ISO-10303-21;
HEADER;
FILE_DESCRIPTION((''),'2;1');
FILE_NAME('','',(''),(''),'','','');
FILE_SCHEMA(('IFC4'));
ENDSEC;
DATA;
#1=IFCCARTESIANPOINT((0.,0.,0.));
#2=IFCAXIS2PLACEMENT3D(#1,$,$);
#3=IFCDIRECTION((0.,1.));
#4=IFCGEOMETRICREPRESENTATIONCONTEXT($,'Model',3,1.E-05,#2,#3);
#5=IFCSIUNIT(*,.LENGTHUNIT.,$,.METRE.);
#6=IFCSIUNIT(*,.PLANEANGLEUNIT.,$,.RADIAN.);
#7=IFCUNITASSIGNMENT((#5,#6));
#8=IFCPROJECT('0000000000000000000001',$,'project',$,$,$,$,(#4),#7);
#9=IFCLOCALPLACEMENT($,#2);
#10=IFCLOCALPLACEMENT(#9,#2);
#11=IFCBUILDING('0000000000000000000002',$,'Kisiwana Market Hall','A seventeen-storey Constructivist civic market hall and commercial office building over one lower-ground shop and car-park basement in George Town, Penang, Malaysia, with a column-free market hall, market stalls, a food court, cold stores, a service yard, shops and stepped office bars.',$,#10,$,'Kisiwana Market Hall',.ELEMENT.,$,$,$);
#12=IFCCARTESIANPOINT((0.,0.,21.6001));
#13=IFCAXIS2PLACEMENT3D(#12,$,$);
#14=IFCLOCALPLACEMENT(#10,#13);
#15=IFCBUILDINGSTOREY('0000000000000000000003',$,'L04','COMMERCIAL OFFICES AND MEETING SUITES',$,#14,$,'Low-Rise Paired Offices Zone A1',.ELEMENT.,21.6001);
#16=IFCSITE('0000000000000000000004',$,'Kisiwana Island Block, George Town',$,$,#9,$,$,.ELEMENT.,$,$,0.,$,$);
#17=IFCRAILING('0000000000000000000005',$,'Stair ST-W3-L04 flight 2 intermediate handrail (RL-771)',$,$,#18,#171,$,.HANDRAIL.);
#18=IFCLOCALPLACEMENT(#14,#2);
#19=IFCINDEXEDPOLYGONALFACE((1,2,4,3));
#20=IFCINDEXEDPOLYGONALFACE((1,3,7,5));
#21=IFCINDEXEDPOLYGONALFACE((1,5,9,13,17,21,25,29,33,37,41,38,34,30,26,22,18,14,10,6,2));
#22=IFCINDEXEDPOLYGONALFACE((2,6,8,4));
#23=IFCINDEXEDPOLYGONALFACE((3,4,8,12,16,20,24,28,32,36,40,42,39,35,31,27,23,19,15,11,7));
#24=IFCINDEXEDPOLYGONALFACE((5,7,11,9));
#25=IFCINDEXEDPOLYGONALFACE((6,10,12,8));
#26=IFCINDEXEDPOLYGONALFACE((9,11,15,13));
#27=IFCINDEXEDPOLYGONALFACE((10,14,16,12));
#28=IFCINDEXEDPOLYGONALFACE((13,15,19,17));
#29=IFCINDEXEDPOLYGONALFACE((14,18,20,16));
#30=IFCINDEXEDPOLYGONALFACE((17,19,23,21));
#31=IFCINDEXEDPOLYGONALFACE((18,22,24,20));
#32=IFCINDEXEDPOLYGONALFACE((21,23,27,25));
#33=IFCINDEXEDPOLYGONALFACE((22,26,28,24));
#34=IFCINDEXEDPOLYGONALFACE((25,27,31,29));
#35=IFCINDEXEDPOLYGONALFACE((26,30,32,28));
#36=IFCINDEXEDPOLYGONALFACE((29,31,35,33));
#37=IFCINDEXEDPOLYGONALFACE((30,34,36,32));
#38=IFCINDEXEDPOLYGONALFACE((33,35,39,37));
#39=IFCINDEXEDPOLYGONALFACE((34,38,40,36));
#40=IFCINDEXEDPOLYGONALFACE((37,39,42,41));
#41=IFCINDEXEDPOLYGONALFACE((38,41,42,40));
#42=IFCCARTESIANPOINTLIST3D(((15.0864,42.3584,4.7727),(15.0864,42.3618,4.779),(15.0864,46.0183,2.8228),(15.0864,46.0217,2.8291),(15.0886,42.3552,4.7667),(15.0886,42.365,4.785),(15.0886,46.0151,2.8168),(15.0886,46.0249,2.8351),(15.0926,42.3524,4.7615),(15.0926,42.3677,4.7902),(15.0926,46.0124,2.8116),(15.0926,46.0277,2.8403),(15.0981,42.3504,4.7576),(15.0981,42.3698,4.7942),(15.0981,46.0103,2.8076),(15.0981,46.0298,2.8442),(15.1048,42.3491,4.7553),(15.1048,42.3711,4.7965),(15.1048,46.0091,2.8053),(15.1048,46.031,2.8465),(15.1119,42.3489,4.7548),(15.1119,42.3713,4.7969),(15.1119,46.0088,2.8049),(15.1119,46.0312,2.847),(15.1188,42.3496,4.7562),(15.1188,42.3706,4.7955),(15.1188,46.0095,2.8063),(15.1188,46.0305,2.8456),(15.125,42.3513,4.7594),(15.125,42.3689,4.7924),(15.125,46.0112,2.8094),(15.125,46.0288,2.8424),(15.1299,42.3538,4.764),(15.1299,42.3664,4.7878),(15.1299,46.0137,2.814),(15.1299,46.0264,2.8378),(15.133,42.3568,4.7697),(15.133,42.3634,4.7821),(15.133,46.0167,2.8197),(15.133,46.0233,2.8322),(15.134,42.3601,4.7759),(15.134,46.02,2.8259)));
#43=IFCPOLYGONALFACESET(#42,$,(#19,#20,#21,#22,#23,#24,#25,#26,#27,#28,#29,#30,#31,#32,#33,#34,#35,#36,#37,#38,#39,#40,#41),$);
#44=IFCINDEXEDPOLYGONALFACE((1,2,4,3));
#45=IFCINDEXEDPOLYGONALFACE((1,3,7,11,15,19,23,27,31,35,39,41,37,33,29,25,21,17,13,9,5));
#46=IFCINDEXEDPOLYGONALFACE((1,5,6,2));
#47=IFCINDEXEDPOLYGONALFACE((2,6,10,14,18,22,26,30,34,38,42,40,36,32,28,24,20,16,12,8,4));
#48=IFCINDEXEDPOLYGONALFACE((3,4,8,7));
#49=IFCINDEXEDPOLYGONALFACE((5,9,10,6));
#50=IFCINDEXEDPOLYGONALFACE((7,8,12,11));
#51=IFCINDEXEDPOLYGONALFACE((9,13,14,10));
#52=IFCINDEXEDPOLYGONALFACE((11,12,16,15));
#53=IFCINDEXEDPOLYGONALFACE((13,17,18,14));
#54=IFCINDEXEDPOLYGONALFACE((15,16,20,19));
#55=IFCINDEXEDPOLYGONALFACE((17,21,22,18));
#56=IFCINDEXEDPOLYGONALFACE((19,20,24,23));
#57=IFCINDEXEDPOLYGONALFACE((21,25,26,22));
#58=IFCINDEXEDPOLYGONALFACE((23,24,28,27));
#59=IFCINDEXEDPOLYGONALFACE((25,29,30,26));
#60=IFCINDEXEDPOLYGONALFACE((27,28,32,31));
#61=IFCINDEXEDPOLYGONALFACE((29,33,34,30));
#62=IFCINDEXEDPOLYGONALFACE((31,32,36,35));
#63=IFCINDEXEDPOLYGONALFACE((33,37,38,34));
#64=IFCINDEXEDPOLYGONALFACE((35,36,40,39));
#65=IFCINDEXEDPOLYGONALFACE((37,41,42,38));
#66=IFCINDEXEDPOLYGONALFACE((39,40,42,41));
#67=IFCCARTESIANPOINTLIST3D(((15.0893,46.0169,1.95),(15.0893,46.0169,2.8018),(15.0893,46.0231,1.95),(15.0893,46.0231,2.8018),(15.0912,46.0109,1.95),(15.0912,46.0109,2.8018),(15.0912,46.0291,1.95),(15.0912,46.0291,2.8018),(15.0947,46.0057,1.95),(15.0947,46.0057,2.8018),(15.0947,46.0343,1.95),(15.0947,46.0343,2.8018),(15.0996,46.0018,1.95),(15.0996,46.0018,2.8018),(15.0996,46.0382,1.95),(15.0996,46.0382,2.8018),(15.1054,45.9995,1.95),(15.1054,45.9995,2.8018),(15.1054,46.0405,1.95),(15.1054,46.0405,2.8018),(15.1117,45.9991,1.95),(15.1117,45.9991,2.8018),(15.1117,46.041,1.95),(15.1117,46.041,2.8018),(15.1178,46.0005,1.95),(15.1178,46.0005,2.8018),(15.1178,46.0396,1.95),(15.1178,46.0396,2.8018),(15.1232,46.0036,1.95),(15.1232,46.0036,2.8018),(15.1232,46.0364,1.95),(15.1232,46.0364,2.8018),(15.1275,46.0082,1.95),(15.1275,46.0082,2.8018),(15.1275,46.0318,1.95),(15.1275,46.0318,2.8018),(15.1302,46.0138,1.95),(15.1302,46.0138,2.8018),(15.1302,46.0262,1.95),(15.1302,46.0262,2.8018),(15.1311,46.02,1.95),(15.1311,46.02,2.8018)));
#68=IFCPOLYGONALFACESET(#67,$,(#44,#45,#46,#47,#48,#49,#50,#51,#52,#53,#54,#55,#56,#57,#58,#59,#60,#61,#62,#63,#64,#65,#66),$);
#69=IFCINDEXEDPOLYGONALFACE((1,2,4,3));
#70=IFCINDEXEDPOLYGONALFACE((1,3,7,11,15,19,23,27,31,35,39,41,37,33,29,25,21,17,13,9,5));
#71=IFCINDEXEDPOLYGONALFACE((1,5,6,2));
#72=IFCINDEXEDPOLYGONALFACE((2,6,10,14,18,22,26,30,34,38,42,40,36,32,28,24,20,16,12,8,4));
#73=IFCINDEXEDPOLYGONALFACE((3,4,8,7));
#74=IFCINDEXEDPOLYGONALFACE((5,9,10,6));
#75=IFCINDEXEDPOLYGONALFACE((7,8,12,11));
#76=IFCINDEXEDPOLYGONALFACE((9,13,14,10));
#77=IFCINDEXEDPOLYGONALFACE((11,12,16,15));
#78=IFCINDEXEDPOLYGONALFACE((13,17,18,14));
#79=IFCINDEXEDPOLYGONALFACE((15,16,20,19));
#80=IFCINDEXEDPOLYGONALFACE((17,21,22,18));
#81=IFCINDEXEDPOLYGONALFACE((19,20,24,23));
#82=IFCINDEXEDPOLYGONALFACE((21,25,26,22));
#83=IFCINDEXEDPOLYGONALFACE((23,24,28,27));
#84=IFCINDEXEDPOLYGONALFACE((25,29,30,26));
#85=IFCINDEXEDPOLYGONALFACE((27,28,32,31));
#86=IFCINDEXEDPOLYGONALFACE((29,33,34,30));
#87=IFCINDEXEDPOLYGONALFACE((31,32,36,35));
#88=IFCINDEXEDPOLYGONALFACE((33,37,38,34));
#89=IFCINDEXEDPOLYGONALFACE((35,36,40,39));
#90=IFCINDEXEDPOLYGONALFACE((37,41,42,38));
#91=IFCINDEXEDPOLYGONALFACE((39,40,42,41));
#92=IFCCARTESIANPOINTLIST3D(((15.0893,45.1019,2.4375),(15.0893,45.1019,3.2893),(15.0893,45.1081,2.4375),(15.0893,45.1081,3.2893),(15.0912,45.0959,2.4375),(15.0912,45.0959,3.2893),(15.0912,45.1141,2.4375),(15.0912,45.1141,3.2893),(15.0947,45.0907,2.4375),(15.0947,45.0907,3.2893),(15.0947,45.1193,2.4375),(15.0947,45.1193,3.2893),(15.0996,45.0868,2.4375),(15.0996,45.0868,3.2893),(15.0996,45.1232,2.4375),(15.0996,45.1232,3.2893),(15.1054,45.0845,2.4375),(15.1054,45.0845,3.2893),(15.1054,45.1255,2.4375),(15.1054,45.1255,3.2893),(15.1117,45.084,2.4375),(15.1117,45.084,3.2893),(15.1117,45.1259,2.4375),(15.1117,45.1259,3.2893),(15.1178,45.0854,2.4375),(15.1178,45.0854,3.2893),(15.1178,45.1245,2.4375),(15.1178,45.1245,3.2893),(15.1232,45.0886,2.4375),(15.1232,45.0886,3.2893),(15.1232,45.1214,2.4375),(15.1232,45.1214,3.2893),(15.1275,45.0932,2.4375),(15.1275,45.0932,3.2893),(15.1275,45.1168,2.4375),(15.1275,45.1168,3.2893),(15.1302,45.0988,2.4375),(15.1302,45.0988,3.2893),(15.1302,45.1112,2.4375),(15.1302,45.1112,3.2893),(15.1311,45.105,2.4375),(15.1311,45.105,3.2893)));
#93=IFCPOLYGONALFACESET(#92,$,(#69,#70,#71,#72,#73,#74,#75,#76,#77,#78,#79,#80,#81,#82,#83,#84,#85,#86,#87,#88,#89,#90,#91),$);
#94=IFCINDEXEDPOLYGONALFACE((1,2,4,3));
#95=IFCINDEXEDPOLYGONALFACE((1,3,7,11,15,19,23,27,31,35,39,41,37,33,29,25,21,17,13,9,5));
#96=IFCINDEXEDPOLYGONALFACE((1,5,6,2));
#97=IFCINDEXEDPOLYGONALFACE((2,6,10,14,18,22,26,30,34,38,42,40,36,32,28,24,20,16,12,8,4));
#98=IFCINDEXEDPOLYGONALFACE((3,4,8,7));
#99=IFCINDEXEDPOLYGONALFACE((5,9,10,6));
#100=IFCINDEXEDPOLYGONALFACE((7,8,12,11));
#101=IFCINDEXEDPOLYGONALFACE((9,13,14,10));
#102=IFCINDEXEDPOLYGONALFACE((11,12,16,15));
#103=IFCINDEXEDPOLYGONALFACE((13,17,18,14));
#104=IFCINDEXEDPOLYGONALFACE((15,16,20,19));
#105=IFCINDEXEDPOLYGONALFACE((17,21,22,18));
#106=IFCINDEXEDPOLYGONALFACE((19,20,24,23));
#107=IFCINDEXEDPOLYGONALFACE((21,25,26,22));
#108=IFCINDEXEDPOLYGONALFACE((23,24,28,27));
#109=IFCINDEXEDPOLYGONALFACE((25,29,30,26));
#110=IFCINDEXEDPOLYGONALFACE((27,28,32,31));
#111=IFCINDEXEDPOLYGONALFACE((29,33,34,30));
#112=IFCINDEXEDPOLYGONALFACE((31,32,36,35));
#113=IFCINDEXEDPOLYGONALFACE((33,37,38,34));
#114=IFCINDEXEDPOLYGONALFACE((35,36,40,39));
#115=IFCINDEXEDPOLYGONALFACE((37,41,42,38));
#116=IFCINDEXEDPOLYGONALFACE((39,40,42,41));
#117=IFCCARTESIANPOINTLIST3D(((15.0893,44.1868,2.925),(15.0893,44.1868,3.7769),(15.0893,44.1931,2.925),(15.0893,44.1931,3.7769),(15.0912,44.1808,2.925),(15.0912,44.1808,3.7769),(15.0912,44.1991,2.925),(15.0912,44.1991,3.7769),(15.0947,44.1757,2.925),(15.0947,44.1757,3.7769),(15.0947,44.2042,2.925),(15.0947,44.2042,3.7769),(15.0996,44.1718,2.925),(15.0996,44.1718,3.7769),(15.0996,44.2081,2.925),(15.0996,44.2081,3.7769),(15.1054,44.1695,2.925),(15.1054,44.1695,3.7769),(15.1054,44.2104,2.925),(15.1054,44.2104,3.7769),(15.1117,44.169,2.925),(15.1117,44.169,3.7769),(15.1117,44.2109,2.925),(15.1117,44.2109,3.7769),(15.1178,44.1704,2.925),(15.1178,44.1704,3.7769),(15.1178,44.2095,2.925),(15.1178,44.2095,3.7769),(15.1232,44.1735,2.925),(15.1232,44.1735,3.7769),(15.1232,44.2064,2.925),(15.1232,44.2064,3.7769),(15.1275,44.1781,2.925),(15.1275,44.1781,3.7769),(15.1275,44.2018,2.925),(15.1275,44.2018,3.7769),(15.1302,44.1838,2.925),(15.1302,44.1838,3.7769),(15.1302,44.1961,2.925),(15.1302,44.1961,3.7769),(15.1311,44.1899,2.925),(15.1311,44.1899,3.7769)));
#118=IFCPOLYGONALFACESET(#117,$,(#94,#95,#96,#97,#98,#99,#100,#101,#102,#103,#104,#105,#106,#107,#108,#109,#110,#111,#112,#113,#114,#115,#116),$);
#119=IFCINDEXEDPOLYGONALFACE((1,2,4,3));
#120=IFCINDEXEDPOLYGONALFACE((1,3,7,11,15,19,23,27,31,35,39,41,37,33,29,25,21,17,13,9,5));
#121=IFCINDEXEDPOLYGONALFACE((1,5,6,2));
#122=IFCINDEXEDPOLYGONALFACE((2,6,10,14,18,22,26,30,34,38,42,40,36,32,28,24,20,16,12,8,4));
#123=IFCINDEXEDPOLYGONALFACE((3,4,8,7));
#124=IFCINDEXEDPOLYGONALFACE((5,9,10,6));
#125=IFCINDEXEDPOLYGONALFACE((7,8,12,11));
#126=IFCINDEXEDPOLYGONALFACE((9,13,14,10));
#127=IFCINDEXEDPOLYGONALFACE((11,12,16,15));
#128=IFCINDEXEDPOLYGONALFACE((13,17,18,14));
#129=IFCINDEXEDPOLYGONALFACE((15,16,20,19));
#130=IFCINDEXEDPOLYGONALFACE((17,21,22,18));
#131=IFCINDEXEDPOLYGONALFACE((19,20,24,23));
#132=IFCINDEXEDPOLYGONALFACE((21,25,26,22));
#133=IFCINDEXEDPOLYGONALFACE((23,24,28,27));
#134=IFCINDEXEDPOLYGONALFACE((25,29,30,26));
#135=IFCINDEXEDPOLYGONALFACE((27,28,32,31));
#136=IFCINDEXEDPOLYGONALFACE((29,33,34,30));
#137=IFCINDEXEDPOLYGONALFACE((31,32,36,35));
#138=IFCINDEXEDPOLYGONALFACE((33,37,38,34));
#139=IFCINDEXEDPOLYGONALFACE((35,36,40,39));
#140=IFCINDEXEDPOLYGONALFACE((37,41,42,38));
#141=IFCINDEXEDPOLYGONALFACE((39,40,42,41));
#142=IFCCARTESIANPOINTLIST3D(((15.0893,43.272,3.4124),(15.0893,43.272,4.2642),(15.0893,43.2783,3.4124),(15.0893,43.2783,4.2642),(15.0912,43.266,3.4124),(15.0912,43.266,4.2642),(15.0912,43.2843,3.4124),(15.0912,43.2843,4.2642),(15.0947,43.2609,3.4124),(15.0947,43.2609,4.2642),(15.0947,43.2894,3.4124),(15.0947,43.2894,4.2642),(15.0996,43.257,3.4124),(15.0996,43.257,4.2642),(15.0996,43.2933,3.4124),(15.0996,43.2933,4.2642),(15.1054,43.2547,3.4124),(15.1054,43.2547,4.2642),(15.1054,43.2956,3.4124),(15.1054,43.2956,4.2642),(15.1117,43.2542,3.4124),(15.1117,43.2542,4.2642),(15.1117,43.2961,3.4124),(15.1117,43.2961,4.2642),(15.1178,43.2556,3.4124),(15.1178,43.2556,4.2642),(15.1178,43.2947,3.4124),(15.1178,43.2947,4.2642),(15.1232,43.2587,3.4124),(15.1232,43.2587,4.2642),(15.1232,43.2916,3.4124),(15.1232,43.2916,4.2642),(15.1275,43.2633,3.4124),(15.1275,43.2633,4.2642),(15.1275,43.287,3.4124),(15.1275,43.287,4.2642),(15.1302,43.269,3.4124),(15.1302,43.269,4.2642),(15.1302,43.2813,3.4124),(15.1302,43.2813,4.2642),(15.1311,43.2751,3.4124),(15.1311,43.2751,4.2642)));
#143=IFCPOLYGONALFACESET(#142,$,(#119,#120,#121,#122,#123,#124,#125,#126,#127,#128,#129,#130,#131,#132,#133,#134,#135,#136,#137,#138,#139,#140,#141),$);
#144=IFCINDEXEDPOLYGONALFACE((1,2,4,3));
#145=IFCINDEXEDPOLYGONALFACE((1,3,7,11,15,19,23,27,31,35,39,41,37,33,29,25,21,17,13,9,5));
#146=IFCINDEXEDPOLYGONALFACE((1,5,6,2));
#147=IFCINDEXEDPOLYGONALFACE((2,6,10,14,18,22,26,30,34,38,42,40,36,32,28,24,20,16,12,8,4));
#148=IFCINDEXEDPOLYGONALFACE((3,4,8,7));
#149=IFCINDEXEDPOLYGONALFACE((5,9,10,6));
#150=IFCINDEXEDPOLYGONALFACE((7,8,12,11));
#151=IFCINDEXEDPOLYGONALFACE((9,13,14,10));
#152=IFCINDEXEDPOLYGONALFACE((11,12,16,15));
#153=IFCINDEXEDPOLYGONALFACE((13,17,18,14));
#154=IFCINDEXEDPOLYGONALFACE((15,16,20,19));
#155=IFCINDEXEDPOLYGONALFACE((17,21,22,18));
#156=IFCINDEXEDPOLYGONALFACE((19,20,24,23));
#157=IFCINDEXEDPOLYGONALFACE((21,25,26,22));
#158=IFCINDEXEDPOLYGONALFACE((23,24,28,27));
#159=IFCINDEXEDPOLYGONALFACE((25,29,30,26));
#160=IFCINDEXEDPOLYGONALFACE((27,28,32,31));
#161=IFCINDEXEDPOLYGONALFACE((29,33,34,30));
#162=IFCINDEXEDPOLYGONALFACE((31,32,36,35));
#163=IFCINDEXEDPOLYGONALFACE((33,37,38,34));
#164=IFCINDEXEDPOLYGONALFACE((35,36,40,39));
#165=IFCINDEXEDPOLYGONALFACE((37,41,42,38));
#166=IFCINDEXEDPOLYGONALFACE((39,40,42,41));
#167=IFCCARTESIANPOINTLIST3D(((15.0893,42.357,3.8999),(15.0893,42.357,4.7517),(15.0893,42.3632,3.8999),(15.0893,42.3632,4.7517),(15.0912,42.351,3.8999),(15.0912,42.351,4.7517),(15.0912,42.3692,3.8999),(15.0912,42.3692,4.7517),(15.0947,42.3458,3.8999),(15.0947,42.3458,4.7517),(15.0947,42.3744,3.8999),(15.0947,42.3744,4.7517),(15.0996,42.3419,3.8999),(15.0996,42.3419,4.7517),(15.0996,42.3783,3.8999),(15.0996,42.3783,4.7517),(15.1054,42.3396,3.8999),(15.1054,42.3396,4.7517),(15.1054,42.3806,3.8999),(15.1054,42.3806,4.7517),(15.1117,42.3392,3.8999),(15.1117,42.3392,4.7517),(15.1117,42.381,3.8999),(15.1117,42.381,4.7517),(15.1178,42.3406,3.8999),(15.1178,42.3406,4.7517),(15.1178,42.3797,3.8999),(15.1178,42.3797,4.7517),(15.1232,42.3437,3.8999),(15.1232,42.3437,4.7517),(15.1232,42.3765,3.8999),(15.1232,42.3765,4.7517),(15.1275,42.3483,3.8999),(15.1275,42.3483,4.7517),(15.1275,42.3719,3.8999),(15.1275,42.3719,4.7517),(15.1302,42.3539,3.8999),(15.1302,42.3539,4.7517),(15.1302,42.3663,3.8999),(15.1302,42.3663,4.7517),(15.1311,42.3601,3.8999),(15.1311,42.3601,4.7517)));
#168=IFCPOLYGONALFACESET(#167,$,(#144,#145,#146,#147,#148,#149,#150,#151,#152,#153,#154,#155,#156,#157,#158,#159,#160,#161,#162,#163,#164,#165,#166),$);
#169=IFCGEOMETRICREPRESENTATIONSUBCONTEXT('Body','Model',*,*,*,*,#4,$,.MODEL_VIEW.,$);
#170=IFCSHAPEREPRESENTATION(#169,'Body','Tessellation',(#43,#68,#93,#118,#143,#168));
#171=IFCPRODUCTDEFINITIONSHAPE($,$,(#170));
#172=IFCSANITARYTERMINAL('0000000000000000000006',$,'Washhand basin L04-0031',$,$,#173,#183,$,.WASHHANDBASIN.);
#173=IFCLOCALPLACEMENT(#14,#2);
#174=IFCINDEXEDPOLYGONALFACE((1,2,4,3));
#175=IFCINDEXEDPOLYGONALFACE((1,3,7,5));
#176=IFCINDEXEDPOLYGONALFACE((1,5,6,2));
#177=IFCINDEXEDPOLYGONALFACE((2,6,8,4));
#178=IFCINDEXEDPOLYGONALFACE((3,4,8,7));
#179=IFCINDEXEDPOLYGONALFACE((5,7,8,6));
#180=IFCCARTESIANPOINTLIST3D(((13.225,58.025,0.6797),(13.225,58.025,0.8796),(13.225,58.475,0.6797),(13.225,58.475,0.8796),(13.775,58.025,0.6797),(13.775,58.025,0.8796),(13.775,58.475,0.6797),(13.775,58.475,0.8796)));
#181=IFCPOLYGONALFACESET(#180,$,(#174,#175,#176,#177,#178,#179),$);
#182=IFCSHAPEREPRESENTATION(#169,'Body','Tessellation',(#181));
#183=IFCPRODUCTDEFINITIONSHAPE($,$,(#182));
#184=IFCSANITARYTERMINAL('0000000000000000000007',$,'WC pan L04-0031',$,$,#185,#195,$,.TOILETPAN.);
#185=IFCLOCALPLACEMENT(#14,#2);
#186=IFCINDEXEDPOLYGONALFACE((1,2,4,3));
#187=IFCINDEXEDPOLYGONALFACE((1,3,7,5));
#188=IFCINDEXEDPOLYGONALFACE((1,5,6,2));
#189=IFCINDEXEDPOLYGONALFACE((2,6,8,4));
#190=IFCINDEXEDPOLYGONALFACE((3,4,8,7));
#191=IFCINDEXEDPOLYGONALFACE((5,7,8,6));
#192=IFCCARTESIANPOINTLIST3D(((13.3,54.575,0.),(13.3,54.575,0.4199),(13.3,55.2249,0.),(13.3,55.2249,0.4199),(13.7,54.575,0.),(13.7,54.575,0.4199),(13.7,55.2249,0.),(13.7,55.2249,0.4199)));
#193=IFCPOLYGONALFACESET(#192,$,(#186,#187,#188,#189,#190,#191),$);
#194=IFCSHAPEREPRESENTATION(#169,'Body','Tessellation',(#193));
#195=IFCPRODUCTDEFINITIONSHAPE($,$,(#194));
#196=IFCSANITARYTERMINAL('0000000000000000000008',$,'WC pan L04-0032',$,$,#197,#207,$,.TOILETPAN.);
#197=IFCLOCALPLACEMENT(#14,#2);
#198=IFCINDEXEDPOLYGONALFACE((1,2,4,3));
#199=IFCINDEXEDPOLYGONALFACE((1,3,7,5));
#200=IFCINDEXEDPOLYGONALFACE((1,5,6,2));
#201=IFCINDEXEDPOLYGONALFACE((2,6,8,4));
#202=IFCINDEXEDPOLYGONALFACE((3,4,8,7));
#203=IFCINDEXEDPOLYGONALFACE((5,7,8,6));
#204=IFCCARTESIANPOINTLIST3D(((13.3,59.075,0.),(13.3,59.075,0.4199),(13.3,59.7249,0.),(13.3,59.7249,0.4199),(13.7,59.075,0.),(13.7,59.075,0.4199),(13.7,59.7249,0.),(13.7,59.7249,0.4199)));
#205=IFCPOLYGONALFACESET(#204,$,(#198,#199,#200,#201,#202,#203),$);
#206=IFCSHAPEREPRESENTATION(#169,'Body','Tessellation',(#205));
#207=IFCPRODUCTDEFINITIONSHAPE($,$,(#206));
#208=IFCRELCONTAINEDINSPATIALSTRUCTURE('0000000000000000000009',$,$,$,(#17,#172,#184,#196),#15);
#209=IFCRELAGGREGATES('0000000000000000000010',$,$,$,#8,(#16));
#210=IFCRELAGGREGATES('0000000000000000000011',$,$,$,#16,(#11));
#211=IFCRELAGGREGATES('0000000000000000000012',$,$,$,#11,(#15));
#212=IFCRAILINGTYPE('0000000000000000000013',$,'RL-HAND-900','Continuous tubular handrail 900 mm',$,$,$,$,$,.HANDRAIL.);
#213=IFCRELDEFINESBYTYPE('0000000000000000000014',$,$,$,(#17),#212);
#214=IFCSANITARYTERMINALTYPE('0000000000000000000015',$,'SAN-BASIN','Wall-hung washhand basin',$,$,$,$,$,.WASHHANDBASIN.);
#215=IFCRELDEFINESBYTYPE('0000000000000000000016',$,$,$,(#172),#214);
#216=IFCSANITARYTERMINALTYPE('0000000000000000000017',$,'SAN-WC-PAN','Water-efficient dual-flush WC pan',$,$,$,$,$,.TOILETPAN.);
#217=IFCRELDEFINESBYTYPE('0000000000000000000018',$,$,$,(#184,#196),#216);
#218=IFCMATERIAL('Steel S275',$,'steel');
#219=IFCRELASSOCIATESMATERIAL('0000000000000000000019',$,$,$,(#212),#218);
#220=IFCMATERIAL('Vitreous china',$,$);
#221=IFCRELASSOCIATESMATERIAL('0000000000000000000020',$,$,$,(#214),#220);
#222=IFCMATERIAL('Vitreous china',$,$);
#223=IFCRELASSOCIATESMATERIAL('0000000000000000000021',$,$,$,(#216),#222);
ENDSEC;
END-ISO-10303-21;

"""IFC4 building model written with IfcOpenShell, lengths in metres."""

from ifc_helpers import new_model, si_unit, direction, frame, origin, origin_2d, place, context, subcontext, project, spatial, rectangle, circle, extrude, material, type_object, element, save


model = new_model("IFC4")

# Units and contexts
model_context = context("Model", 3, precision=1e-05, world=origin(), true_north=direction((0.0, 1.0)))
body_context = subcontext(model_context, "Body", "Model", "MODEL_VIEW")
ifc_project = project(units=[si_unit("LENGTHUNIT", "METRE"), si_unit("PLANEANGLEUNIT", "RADIAN")], contexts=[model_context])

# Site, building, storey
site_placement = place(None, origin())
site = spatial("IfcSite", under=ifc_project, at=site_placement, Name="Kisiwana Island Block, George Town", CompositionType="ELEMENT", RefElevation=0.0)
building_placement = place(site_placement, origin())
building = spatial("IfcBuilding", under=site, at=building_placement, Name="Kisiwana Market Hall", Description="A seventeen-storey Constructivist civic market hall and commercial office building over one lower-ground shop and car-park basement in George Town, Penang, Malaysia, with a column-free market hall, market stalls, a food court, cold stores, a service yard, shops and stepped office bars.", LongName="Kisiwana Market Hall", CompositionType="ELEMENT")
storey_placement = place(building_placement, frame((0.0, 0.0, 21.6001)))
storey = spatial("IfcBuildingStorey", under=building, at=storey_placement, Name="L04", Description="COMMERCIAL OFFICES AND MEETING SUITES", LongName="Low-Rise Paired Offices Zone A1", CompositionType="ELEMENT", Elevation=21.6001)

# Railing
ifc_material_1 = material(Name="Steel S275", Category="steel")
railing_type = type_object("IfcRailingType", Name="RL-HAND-900", Description="Continuous tubular handrail 900 mm", PredefinedType="HANDRAIL", material=ifc_material_1)
railing_placement = place(storey_placement, frame((15.1101, 46.02, 1.95)))
element("IfcRailing", 1, at=railing_placement, inside=storey, type_object=railing_type, Name="Stair ST-W3-L04 flight 2 intermediate handrail (RL-771)", PredefinedType="HANDRAIL", context=body_context, shape_type="SweptSolid", body=[
    extrude(circle(Radius=0.0239, at=origin_2d()), frame((0.0, 0.0, 0.876), z_axis=(0.0, -0.882553, 0.470212), x_axis=(1.0, 0.0, 0.0)), (0.0, 0.0, 1.0), 4.147),
    extrude(circle(Radius=0.021, at=origin_2d()), origin(), (0.0, 0.0, 1.0), 0.8518),
    extrude(circle(Radius=0.021, at=origin_2d()), frame((0.0, -0.915, 0.4875)), (0.0, 0.0, 1.0), 0.8518),
    extrude(circle(Radius=0.021, at=origin_2d()), frame((0.0, -1.8301, 0.9751)), (0.0, 0.0, 1.0), 0.8518),
    extrude(circle(Radius=0.021, at=origin_2d()), frame((0.0, -2.7449, 1.4624)), (0.0, 0.0, 1.0), 0.8518),
    extrude(circle(Radius=0.021, at=origin_2d()), frame((0.0, -3.6599, 1.95)), (0.0, 0.0, 1.0), 0.8518),
])

# Sanitary terminals
ifc_material_2 = material(Name="Vitreous china")
sanitary_terminal_type_1 = type_object("IfcSanitaryTerminalType", Name="SAN-BASIN", Description="Wall-hung washhand basin", PredefinedType="WASHHANDBASIN", material=ifc_material_2)
sanitary_terminal_placement = place(storey_placement, frame((13.5, 58.25, 0.6797), z_axis=(0.0, 0.0, 1.0), x_axis=(1.0, 0.0, 0.0)))
element("IfcSanitaryTerminal", 2, at=sanitary_terminal_placement, inside=storey, type_object=sanitary_terminal_type_1, Name="Washhand basin L04-0031", PredefinedType="WASHHANDBASIN", context=body_context, shape_type="SweptSolid", body=[
    extrude(rectangle(XDim=0.55, YDim=0.45, at=origin_2d()), origin(), (0.0, 0.0, 1.0), 0.2),
])
ifc_material_3 = material(Name="Vitreous china")
sanitary_terminal_type_2 = type_object("IfcSanitaryTerminalType", Name="SAN-WC-PAN", Description="Water-efficient dual-flush WC pan", PredefinedType="TOILETPAN", material=ifc_material_3)
for number, where, z_axis, x_axis, name in (
    (3, (13.5, 54.8999, 0.0), (0.0, 0.0, 1.0), (1.0, 0.0, 0.0), "WC pan L04-0031"),
    (4, (13.5, 59.3999, 0.0), (0.0, 0.0, 1.0), (1.0, 0.0, 0.0), "WC pan L04-0032"),
):
    element("IfcSanitaryTerminal", number, at=place(storey_placement, frame(where, z_axis=z_axis, x_axis=x_axis)), inside=storey, type_object=sanitary_terminal_type_2, Name=name, PredefinedType="TOILETPAN", context=body_context, shape_type="SweptSolid", body=[
        extrude(rectangle(XDim=0.3999, YDim=0.6499, at=origin_2d()), origin(), (0.0, 0.0, 1.0), 0.4199),
    ])

save(model, "model.ifc")
